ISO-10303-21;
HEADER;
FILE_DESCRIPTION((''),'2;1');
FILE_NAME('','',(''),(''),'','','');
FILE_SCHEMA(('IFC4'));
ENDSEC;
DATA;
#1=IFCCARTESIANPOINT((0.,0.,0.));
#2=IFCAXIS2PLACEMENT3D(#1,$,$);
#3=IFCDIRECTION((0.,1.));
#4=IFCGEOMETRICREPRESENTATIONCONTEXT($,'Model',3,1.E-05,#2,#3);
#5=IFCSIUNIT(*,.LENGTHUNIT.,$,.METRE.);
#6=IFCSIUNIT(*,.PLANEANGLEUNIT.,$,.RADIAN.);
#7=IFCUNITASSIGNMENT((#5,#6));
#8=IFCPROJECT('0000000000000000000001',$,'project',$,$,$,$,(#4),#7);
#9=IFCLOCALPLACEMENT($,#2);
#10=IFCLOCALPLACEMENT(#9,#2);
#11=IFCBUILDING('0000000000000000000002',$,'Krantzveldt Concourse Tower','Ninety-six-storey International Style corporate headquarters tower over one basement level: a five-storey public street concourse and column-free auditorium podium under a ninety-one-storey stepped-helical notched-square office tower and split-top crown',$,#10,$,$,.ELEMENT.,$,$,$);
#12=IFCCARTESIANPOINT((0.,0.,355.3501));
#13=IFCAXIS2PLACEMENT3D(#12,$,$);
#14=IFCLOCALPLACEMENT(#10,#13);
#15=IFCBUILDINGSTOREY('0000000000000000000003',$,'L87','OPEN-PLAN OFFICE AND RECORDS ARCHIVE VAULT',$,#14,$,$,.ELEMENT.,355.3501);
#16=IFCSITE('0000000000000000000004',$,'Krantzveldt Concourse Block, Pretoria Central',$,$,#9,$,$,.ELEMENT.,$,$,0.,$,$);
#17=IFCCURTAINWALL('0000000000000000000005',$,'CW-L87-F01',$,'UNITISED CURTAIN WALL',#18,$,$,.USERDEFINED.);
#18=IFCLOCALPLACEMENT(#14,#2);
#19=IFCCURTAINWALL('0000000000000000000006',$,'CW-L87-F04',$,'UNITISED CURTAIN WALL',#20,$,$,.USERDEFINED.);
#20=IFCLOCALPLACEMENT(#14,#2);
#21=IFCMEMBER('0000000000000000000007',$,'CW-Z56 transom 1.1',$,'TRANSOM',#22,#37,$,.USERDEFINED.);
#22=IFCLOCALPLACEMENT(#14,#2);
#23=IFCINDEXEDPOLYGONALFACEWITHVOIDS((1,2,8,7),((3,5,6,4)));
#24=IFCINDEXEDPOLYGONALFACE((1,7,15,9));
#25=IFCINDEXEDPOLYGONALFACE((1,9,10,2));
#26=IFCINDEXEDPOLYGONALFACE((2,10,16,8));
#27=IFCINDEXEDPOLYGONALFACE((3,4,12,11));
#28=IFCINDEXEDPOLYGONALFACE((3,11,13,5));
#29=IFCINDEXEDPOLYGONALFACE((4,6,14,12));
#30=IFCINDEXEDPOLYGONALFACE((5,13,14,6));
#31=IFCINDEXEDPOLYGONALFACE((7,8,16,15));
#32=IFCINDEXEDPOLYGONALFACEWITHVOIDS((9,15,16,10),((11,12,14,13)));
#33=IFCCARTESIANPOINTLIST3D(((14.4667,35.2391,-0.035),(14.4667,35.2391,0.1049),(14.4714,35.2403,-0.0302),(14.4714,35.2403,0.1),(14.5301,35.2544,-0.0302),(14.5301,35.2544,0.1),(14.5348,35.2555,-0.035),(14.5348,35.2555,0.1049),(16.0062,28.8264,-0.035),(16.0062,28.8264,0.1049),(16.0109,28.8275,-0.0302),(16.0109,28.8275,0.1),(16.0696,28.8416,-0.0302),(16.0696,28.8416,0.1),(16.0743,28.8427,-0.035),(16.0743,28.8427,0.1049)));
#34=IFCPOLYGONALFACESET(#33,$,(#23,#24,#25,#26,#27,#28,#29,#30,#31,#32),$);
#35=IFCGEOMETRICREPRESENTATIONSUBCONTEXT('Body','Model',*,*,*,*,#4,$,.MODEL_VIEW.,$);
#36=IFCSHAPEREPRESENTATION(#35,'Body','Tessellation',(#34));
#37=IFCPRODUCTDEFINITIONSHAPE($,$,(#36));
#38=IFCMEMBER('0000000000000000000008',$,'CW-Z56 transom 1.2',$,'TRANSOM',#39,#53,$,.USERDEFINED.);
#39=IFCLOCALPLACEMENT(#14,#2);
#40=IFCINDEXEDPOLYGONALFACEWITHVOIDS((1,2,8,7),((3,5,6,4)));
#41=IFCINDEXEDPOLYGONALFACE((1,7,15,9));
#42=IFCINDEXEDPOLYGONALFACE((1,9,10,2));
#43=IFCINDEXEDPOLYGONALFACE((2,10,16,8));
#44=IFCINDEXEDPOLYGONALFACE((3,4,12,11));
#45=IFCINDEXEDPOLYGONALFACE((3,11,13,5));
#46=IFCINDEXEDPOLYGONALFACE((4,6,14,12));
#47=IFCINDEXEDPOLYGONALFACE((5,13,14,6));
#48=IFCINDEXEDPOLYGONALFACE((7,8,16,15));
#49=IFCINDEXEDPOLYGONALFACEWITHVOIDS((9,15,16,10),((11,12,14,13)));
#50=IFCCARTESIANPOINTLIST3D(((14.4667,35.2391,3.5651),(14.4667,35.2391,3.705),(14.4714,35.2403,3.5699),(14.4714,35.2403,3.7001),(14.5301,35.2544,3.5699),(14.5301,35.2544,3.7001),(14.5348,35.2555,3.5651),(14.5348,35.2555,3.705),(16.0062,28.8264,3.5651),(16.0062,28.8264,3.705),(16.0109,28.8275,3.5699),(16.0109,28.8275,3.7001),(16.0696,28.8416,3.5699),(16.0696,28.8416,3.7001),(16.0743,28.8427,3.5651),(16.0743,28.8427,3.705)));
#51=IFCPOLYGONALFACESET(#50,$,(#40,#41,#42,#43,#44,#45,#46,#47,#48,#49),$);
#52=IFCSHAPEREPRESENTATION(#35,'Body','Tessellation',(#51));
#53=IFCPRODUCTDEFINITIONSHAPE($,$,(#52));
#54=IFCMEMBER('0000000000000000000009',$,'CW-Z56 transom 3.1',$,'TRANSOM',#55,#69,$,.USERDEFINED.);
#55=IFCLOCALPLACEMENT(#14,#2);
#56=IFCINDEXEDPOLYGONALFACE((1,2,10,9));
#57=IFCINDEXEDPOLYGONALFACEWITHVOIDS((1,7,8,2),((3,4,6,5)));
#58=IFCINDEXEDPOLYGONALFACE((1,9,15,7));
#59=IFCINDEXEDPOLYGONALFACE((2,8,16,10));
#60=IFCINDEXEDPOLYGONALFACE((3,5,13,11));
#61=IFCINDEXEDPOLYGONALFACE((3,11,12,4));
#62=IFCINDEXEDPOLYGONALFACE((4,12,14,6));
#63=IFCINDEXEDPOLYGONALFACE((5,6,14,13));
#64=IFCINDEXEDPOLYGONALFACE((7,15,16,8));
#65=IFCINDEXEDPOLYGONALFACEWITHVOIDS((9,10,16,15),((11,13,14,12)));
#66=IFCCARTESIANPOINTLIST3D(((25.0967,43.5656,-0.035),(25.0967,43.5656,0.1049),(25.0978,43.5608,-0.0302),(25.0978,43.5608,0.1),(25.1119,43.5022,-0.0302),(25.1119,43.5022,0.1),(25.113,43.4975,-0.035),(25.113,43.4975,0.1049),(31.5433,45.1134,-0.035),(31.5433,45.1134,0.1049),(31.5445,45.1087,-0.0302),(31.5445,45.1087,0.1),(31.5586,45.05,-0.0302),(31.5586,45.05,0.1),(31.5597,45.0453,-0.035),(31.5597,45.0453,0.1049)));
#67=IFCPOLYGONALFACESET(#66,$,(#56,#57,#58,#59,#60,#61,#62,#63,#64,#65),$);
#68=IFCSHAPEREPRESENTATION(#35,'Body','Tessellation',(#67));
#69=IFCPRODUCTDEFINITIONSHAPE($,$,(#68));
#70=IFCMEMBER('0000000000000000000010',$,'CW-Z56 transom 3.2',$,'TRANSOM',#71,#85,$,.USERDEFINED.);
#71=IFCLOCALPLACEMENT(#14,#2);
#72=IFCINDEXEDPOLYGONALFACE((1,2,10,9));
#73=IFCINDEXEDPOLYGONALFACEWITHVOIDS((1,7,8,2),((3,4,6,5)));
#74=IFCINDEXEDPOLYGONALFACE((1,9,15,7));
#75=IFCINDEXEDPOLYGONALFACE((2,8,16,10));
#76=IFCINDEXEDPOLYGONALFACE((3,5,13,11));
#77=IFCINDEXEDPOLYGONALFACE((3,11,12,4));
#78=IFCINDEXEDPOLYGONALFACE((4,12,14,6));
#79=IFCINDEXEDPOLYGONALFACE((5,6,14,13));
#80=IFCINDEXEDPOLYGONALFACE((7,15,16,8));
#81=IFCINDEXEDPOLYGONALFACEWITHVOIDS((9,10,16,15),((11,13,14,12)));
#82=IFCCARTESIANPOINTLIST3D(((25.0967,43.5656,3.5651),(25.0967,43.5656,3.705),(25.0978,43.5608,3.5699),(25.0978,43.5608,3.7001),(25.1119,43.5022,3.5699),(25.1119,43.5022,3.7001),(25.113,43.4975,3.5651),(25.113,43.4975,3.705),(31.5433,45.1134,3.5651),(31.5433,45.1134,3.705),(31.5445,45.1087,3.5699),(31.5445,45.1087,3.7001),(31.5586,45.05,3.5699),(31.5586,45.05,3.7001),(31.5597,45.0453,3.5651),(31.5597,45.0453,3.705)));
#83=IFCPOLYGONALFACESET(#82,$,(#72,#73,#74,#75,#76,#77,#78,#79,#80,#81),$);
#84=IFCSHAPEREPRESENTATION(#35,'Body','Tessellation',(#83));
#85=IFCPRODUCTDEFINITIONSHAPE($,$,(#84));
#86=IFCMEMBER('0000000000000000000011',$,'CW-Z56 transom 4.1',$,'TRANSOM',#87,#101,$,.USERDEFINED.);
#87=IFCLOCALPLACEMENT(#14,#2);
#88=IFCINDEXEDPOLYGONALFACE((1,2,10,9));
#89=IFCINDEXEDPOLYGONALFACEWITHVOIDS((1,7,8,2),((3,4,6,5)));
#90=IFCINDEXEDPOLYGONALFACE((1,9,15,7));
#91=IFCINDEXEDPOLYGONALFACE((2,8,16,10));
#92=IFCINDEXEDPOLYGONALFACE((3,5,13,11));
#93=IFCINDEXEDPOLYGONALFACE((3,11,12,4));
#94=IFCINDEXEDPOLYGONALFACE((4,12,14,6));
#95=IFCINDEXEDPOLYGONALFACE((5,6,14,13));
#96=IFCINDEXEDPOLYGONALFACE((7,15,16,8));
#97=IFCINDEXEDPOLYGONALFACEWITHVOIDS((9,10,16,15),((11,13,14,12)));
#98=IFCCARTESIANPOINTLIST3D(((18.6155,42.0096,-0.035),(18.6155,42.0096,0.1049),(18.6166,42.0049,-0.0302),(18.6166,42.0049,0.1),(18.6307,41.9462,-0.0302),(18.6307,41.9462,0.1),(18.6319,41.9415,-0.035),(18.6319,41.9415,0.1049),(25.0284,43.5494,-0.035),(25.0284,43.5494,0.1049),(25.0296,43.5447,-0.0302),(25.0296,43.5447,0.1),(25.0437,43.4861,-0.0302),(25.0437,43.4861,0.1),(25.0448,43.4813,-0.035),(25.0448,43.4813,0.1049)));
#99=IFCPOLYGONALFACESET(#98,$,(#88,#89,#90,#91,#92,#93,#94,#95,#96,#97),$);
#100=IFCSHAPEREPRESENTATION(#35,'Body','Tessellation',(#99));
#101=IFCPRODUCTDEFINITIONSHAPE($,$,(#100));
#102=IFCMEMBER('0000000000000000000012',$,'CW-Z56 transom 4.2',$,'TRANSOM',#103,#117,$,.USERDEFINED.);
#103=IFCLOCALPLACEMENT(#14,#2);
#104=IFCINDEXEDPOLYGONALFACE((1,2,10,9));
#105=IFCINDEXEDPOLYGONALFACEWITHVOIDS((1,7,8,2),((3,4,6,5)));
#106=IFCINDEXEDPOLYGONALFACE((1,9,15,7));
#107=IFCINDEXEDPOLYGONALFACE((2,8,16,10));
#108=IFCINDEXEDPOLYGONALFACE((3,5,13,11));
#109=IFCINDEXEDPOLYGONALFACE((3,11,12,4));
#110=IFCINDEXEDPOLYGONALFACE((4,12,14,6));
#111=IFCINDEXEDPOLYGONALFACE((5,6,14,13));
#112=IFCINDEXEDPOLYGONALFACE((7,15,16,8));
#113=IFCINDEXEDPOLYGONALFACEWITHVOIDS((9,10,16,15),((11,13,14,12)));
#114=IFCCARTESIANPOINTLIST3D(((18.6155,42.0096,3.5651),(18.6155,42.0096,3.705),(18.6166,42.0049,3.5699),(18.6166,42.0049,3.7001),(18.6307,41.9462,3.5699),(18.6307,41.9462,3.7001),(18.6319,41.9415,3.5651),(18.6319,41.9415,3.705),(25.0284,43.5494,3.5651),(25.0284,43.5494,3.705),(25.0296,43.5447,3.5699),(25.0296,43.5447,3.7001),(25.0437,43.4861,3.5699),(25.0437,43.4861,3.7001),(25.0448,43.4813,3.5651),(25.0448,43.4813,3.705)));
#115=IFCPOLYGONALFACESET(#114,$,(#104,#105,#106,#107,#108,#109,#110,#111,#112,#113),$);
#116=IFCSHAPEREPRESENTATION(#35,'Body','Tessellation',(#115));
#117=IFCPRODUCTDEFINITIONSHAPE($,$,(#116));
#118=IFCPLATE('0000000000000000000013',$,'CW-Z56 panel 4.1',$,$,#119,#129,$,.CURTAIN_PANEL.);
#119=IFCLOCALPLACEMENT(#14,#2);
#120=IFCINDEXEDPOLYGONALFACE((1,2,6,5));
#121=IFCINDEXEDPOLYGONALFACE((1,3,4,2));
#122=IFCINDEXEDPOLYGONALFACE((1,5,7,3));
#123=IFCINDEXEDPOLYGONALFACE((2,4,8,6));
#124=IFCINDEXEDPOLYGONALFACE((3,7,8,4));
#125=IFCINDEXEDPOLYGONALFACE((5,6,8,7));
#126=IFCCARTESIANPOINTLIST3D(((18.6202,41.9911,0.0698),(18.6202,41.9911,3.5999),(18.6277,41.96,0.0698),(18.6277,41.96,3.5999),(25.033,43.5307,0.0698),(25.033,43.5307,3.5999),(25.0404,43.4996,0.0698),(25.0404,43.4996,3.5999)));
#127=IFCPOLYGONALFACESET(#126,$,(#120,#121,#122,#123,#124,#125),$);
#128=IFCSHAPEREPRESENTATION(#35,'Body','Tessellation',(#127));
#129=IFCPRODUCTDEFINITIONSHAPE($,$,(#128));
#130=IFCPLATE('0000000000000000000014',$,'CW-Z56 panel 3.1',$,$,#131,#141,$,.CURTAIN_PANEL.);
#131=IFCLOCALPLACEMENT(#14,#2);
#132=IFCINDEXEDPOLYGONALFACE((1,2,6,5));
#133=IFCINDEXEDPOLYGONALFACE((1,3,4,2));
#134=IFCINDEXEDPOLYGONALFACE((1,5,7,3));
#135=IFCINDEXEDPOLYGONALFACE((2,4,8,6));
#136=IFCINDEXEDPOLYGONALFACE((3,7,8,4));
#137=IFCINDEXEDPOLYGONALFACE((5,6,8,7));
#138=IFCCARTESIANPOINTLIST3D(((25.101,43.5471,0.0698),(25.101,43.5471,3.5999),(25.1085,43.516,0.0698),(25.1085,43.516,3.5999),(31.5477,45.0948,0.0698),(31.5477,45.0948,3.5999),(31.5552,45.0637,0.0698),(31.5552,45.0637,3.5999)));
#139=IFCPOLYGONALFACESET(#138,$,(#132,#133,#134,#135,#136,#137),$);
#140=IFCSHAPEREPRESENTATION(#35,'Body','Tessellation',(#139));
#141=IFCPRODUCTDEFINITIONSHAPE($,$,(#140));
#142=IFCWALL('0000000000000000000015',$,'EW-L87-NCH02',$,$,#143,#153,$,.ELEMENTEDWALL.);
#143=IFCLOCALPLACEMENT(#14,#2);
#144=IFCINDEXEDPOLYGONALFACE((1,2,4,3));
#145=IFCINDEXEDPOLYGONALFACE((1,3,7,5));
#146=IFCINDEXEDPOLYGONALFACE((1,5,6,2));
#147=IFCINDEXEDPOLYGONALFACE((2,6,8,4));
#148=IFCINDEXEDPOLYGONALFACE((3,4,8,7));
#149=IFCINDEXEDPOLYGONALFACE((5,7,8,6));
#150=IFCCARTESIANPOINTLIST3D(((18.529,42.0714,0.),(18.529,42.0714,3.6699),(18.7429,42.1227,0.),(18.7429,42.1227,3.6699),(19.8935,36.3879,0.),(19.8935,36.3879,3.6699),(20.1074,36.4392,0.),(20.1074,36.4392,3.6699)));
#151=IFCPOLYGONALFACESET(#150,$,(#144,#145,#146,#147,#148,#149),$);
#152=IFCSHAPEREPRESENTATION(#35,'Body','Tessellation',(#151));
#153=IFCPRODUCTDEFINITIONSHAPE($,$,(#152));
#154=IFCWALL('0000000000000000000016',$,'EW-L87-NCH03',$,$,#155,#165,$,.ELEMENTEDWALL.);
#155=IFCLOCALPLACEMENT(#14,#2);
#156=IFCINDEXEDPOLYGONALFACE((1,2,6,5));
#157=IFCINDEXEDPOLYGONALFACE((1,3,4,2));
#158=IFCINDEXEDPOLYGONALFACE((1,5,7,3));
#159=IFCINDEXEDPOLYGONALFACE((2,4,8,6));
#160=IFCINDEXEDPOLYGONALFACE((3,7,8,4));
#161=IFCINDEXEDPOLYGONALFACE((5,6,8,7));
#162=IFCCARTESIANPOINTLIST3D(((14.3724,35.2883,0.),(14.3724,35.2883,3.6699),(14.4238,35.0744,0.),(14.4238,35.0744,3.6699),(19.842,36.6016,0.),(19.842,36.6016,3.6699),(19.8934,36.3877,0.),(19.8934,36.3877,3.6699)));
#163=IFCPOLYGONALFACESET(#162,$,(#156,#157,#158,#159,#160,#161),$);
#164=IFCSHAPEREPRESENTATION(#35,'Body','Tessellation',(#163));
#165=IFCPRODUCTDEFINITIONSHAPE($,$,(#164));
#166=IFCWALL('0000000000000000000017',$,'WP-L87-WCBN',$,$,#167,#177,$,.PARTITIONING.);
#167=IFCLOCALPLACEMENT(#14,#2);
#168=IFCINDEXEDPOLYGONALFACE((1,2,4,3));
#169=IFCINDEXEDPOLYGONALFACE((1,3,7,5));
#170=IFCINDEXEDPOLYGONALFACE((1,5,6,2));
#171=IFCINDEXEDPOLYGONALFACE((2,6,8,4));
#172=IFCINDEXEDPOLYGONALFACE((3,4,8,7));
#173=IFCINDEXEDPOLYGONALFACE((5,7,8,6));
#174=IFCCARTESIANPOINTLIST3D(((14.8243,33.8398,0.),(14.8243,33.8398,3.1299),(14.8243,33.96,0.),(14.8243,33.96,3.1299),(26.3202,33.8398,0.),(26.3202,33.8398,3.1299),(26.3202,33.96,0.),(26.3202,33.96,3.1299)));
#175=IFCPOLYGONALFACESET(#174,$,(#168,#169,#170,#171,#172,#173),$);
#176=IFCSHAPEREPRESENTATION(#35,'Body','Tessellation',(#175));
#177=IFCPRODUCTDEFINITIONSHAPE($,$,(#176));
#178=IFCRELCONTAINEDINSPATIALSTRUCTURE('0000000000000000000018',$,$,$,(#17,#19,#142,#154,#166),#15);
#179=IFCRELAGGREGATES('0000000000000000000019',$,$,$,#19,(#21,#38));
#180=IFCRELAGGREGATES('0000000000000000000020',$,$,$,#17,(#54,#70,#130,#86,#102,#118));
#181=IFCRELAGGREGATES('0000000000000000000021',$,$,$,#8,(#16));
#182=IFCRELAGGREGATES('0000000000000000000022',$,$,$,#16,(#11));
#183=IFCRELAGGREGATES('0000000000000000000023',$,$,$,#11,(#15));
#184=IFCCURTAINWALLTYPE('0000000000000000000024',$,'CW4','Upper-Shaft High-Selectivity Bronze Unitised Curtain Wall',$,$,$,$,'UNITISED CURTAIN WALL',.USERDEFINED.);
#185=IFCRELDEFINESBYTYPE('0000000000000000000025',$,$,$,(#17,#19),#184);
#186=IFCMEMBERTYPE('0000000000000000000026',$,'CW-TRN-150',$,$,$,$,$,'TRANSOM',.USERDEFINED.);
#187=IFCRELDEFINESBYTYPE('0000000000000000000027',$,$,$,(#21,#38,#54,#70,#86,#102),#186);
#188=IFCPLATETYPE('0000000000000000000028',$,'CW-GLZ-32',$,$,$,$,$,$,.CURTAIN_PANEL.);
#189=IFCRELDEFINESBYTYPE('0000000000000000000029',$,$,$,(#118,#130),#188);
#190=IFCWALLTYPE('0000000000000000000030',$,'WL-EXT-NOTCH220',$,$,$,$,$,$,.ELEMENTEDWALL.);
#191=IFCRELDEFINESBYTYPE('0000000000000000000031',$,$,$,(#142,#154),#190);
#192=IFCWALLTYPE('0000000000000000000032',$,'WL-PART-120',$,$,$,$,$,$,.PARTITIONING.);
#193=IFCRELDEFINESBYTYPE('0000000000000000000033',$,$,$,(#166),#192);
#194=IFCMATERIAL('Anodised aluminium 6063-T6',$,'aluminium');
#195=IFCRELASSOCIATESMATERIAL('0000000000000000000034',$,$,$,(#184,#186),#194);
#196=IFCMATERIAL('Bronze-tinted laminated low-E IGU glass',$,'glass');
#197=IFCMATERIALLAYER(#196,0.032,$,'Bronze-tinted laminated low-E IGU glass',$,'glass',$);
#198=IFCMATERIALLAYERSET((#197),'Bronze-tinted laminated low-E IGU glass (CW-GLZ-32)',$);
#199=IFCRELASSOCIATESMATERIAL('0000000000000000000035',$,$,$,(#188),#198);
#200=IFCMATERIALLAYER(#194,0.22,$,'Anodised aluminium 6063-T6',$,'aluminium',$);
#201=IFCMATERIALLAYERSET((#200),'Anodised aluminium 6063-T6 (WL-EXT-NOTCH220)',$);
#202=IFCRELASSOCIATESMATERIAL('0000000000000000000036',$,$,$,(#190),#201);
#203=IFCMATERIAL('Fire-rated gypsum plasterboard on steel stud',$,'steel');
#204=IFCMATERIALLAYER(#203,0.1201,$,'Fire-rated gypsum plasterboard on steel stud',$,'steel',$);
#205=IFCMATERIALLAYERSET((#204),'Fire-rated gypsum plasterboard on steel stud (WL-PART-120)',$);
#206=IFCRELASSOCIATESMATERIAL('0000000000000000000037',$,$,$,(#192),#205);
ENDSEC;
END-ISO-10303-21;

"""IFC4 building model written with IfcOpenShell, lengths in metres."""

from ifc_helpers import new_model, si_unit, direction, frame, frame_2d, origin, origin_2d, place, context, subcontext, project, spatial, rectangle, hollow_rectangle, extrude, source, transform, mapped, material, layer, layer_set, material_profile, profile_set, type_object, type_shapes, element, aggregate, save


model = new_model("IFC4")

# Units and contexts
model_context = context("Model", 3, precision=1e-05, world=origin(), true_north=direction((0.0, 1.0)))
body_context = subcontext(model_context, "Body", "Model", "MODEL_VIEW")
ifc_project = project(units=[si_unit("LENGTHUNIT", "METRE"), si_unit("PLANEANGLEUNIT", "RADIAN")], contexts=[model_context])

# Site, building, storey
site_placement = place(None, origin())
site = spatial("IfcSite", under=ifc_project, at=site_placement, Name="Krantzveldt Concourse Block, Pretoria Central", CompositionType="ELEMENT", RefElevation=0.0)
building_placement = place(site_placement, origin())
building = spatial("IfcBuilding", under=site, at=building_placement, Name="Krantzveldt Concourse Tower", Description="Ninety-six-storey International Style corporate headquarters tower over one basement level: a five-storey public street concourse and column-free auditorium podium under a ninety-one-storey stepped-helical notched-square office tower and split-top crown", CompositionType="ELEMENT")
storey_placement = place(building_placement, frame((0.0, 0.0, 355.3501)))
storey = spatial("IfcBuildingStorey", under=building, at=storey_placement, Name="L87", Description="OPEN-PLAN OFFICE AND RECORDS ARCHIVE VAULT", CompositionType="ELEMENT", Elevation=355.3501)

# Curtain walls, members
ifc_material_1 = material(Name="Anodised aluminium 6063-T6", Category="aluminium")
curtain_wall_type = type_object("IfcCurtainWallType", Name="CW4", Description="Upper-Shaft High-Selectivity Bronze Unitised Curtain Wall", ElementType="UNITISED CURTAIN WALL", PredefinedType="USERDEFINED", material=ifc_material_1)
curtain_wall_1_placement = place(storey_placement, origin())
curtain_wall_1 = element("IfcCurtainWall", 1, at=curtain_wall_1_placement, inside=storey, type_object=curtain_wall_type, Name="CW-L87-F01", ObjectType="UNITISED CURTAIN WALL", PredefinedType="USERDEFINED")
curtain_wall_2_placement = place(storey_placement, origin())
curtain_wall_2 = element("IfcCurtainWall", 2, at=curtain_wall_2_placement, inside=storey, type_object=curtain_wall_type, Name="CW-L87-F04", ObjectType="UNITISED CURTAIN WALL", PredefinedType="USERDEFINED")
ifc_material_profile_1 = material_profile(ifc_material_1, hollow_rectangle(XDim=0.0701, YDim=0.1399, WallThickness=0.0049, at=origin_2d()), Name="Anodised aluminium 6063-T6", Category="aluminium")
ifc_profile_set_1 = profile_set([ifc_material_profile_1], Name="Anodised aluminium 6063-T6 - ALU-TRAN 140x70x5")
member_type_1 = type_object("IfcMemberType", Name="CW-TRN-150", ElementType="TRANSOM", PredefinedType="USERDEFINED", material=ifc_profile_set_1)
shared_shape_1 = source(origin(), body_context, "Body", "SweptSolid", [
    extrude(hollow_rectangle(XDim=0.0701, YDim=0.1399, WallThickness=0.0049, at=origin_2d()), origin(), (0.0, 0.0, 1.0), 6.595),
])
member_1_placement = place(storey_placement, frame((14.5007, 35.2473, 0.0349), z_axis=(0.23344, -0.972371, 0.0), x_axis=(0.972371, 0.23344, 0.0)))
member_1 = element("IfcMember", 3, at=member_1_placement, type_object=member_type_1, Name="CW-Z56 transom 1.1", ObjectType="TRANSOM", PredefinedType="USERDEFINED", context=body_context, shape_type="MappedRepresentation", body=[
    mapped(shared_shape_1, transform((0.0, 0.0, 0.0), x_axis=(1.0, 0.0, 0.0), y_axis=(0.0, 1.0, 0.0), z_axis=(0.0, 0.0, 1.0), scale=1.0)),
])
member_2_placement = place(storey_placement, frame((14.5007, 35.2473, 3.635), z_axis=(0.23344, -0.972371, 0.0), x_axis=(0.972371, 0.23344, 0.0)))
member_2 = element("IfcMember", 4, at=member_2_placement, type_object=member_type_1, Name="CW-Z56 transom 1.2", ObjectType="TRANSOM", PredefinedType="USERDEFINED", context=body_context, shape_type="MappedRepresentation", body=[
    mapped(shared_shape_1, transform((0.0, 0.0, 0.0), x_axis=(1.0, 0.0, 0.0), y_axis=(0.0, 1.0, 0.0), z_axis=(0.0, 0.0, 1.0), scale=1.0)),
])
aggregate(curtain_wall_2, [member_1, member_2])

# Members
shared_shape_2 = source(origin(), body_context, "Body", "SweptSolid", [
    extrude(hollow_rectangle(XDim=0.0701, YDim=0.1399, WallThickness=0.0049, at=origin_2d()), origin(), (0.0, 0.0, 1.0), 6.6299),
])
member_3_placement = place(storey_placement, frame((31.5515, 45.0793, 0.0349), z_axis=(-0.972366, -0.233462, 0.0), x_axis=(0.233462, -0.972366, 0.0)))
member_3 = element("IfcMember", 5, at=member_3_placement, type_object=member_type_1, Name="CW-Z56 transom 3.1", ObjectType="TRANSOM", PredefinedType="USERDEFINED", context=body_context, shape_type="MappedRepresentation", body=[
    mapped(shared_shape_2, transform((0.0, 0.0, 0.0), x_axis=(1.0, 0.0, 0.0), y_axis=(0.0, 1.0, 0.0), z_axis=(0.0, 0.0, 1.0), scale=1.0)),
])
member_4_placement = place(storey_placement, frame((31.5515, 45.0793, 3.635), z_axis=(-0.972366, -0.233462, 0.0), x_axis=(0.233462, -0.972366, 0.0)))
member_4 = element("IfcMember", 6, at=member_4_placement, type_object=member_type_1, Name="CW-Z56 transom 3.2", ObjectType="TRANSOM", PredefinedType="USERDEFINED", context=body_context, shape_type="MappedRepresentation", body=[
    mapped(shared_shape_2, transform((0.0, 0.0, 0.0), x_axis=(1.0, 0.0, 0.0), y_axis=(0.0, 1.0, 0.0), z_axis=(0.0, 0.0, 1.0), scale=1.0)),
])
shared_shape_3 = source(origin(), body_context, "Body", "SweptSolid", [
    extrude(hollow_rectangle(XDim=0.0701, YDim=0.1399, WallThickness=0.0049, at=origin_2d()), origin(), (0.0, 0.0, 1.0), 6.5952),
])
type_shapes(member_type_1, [shared_shape_1, shared_shape_2, shared_shape_3])
member_5_placement = place(storey_placement, frame((25.0366, 43.5154, 0.0349), z_axis=(-0.972363, -0.233475, 0.0), x_axis=(0.233475, -0.972363, 0.0)))
member_5 = element("IfcMember", 7, at=member_5_placement, type_object=member_type_1, Name="CW-Z56 transom 4.1", ObjectType="TRANSOM", PredefinedType="USERDEFINED", context=body_context, shape_type="MappedRepresentation", body=[
    mapped(shared_shape_3, transform((0.0, 0.0, 0.0), x_axis=(1.0, 0.0, 0.0), y_axis=(0.0, 1.0, 0.0), z_axis=(0.0, 0.0, 1.0), scale=1.0)),
])
member_6_placement = place(storey_placement, frame((25.0366, 43.5154, 3.635), z_axis=(-0.972363, -0.233475, 0.0), x_axis=(0.233475, -0.972363, 0.0)))
member_6 = element("IfcMember", 8, at=member_6_placement, type_object=member_type_1, Name="CW-Z56 transom 4.2", ObjectType="TRANSOM", PredefinedType="USERDEFINED", context=body_context, shape_type="MappedRepresentation", body=[
    mapped(shared_shape_3, transform((0.0, 0.0, 0.0), x_axis=(1.0, 0.0, 0.0), y_axis=(0.0, 1.0, 0.0), z_axis=(0.0, 0.0, 1.0), scale=1.0)),
])

# Plates
ifc_material_2 = material(Name="Bronze-tinted laminated low-E IGU glass", Category="glass")
ifc_layer_1 = layer(ifc_material_2, 0.032, Name="Bronze-tinted laminated low-E IGU glass", Category="glass")
ifc_layer_set_1 = layer_set([ifc_layer_1], Name="Bronze-tinted laminated low-E IGU glass (CW-GLZ-32)")
plate_type = type_object("IfcPlateType", Name="CW-GLZ-32", PredefinedType="CURTAIN_PANEL", material=ifc_layer_set_1)
shared_shape_4 = source(origin(), body_context, "Body", "SweptSolid", [
    extrude(rectangle(XDim=6.595, YDim=0.032, at=origin_2d()), origin(), (0.0, 0.0, 1.0), 3.53),
])
plate_1_placement = place(storey_placement, frame((21.8303, 42.7454, 0.0698), z_axis=(0.0, 0.0, 1.0), x_axis=(-0.97237, -0.233445, 0.0)))
plate_1 = element("IfcPlate", 9, at=plate_1_placement, type_object=plate_type, Name="CW-Z56 panel 4.1", PredefinedType="CURTAIN_PANEL", context=body_context, shape_type="MappedRepresentation", body=[
    mapped(shared_shape_4, transform((0.0, 0.0, 0.0), x_axis=(1.0, 0.0, 0.0), y_axis=(0.0, 1.0, 0.0), z_axis=(0.0, 0.0, 1.0), scale=1.0)),
])
shared_shape_5 = source(origin(), body_context, "Body", "SweptSolid", [
    extrude(rectangle(XDim=6.6299, YDim=0.032, at=origin_2d()), origin(), (0.0, 0.0, 1.0), 3.53),
])
type_shapes(plate_type, [shared_shape_4, shared_shape_5])
plate_2_placement = place(storey_placement, frame((28.3281, 44.3054, 0.0698), z_axis=(0.0, 0.0, 1.0), x_axis=(-0.97237, -0.233445, 0.0)))
plate_2 = element("IfcPlate", 10, at=plate_2_placement, type_object=plate_type, Name="CW-Z56 panel 3.1", PredefinedType="CURTAIN_PANEL", context=body_context, shape_type="MappedRepresentation", body=[
    mapped(shared_shape_5, transform((0.0, 0.0, 0.0), x_axis=(1.0, 0.0, 0.0), y_axis=(0.0, 1.0, 0.0), z_axis=(0.0, 0.0, 1.0), scale=1.0)),
])
aggregate(curtain_wall_1, [member_3, member_4, plate_2, member_5, member_6, plate_1])

# Walls
ifc_layer_2 = layer(ifc_material_1, 0.22, Name="Anodised aluminium 6063-T6", Category="aluminium")
ifc_layer_set_2 = layer_set([ifc_layer_2], Name="Anodised aluminium 6063-T6 (WL-EXT-NOTCH220)")
wall_type_1 = type_object("IfcWallType", Name="WL-EXT-NOTCH220", PredefinedType="ELEMENTEDWALL", material=ifc_layer_set_2)
wall_1_placement = place(storey_placement, frame((18.636, 42.0969, 0.0), z_axis=(0.0, 0.0, 1.0), x_axis=(0.233444, -0.97237, 0.0)))
element("IfcWall", 11, at=wall_1_placement, inside=storey, type_object=wall_type_1, Name="EW-L87-NCH02", PredefinedType="ELEMENTEDWALL", context=body_context, shape_type="SweptSolid", body=[
    extrude(rectangle(XDim=5.845, YDim=0.22, at=frame_2d((2.9224, 0.0))), origin(), (0.0, 0.0, 1.0), 3.6699),
])
wall_2_placement = place(storey_placement, frame((19.8677, 36.4946, 0.0), z_axis=(0.0, 0.0, 1.0), x_axis=(-0.972365, -0.233467, 0.0)))
element("IfcWall", 12, at=wall_2_placement, inside=storey, type_object=wall_type_1, Name="EW-L87-NCH03", PredefinedType="ELEMENTEDWALL", context=body_context, shape_type="SweptSolid", body=[
    extrude(rectangle(XDim=5.625, YDim=0.22, at=frame_2d((2.8125, 0.0))), origin(), (0.0, 0.0, 1.0), 3.6699),
])
ifc_material_3 = material(Name="Fire-rated gypsum plasterboard on steel stud", Category="steel")
ifc_layer_3 = layer(ifc_material_3, 0.1201, Name="Fire-rated gypsum plasterboard on steel stud", Category="steel")
ifc_layer_set_3 = layer_set([ifc_layer_3], Name="Fire-rated gypsum plasterboard on steel stud (WL-PART-120)")
wall_type_2 = type_object("IfcWallType", Name="WL-PART-120", PredefinedType="PARTITIONING", material=ifc_layer_set_3)
wall_3_placement = place(storey_placement, frame((14.8242, 33.8999, 0.0), z_axis=(0.0, 0.0, 1.0), x_axis=(1.0, 0.0, 0.0)))
element("IfcWall", 13, at=wall_3_placement, inside=storey, type_object=wall_type_2, Name="WP-L87-WCBN", PredefinedType="PARTITIONING", context=body_context, shape_type="SweptSolid", body=[
    extrude(rectangle(XDim=11.4958, YDim=0.1201, at=frame_2d((5.748, 0.0))), origin(), (0.0, 0.0, 1.0), 3.1299),
])

save(model, "model.ifc")
